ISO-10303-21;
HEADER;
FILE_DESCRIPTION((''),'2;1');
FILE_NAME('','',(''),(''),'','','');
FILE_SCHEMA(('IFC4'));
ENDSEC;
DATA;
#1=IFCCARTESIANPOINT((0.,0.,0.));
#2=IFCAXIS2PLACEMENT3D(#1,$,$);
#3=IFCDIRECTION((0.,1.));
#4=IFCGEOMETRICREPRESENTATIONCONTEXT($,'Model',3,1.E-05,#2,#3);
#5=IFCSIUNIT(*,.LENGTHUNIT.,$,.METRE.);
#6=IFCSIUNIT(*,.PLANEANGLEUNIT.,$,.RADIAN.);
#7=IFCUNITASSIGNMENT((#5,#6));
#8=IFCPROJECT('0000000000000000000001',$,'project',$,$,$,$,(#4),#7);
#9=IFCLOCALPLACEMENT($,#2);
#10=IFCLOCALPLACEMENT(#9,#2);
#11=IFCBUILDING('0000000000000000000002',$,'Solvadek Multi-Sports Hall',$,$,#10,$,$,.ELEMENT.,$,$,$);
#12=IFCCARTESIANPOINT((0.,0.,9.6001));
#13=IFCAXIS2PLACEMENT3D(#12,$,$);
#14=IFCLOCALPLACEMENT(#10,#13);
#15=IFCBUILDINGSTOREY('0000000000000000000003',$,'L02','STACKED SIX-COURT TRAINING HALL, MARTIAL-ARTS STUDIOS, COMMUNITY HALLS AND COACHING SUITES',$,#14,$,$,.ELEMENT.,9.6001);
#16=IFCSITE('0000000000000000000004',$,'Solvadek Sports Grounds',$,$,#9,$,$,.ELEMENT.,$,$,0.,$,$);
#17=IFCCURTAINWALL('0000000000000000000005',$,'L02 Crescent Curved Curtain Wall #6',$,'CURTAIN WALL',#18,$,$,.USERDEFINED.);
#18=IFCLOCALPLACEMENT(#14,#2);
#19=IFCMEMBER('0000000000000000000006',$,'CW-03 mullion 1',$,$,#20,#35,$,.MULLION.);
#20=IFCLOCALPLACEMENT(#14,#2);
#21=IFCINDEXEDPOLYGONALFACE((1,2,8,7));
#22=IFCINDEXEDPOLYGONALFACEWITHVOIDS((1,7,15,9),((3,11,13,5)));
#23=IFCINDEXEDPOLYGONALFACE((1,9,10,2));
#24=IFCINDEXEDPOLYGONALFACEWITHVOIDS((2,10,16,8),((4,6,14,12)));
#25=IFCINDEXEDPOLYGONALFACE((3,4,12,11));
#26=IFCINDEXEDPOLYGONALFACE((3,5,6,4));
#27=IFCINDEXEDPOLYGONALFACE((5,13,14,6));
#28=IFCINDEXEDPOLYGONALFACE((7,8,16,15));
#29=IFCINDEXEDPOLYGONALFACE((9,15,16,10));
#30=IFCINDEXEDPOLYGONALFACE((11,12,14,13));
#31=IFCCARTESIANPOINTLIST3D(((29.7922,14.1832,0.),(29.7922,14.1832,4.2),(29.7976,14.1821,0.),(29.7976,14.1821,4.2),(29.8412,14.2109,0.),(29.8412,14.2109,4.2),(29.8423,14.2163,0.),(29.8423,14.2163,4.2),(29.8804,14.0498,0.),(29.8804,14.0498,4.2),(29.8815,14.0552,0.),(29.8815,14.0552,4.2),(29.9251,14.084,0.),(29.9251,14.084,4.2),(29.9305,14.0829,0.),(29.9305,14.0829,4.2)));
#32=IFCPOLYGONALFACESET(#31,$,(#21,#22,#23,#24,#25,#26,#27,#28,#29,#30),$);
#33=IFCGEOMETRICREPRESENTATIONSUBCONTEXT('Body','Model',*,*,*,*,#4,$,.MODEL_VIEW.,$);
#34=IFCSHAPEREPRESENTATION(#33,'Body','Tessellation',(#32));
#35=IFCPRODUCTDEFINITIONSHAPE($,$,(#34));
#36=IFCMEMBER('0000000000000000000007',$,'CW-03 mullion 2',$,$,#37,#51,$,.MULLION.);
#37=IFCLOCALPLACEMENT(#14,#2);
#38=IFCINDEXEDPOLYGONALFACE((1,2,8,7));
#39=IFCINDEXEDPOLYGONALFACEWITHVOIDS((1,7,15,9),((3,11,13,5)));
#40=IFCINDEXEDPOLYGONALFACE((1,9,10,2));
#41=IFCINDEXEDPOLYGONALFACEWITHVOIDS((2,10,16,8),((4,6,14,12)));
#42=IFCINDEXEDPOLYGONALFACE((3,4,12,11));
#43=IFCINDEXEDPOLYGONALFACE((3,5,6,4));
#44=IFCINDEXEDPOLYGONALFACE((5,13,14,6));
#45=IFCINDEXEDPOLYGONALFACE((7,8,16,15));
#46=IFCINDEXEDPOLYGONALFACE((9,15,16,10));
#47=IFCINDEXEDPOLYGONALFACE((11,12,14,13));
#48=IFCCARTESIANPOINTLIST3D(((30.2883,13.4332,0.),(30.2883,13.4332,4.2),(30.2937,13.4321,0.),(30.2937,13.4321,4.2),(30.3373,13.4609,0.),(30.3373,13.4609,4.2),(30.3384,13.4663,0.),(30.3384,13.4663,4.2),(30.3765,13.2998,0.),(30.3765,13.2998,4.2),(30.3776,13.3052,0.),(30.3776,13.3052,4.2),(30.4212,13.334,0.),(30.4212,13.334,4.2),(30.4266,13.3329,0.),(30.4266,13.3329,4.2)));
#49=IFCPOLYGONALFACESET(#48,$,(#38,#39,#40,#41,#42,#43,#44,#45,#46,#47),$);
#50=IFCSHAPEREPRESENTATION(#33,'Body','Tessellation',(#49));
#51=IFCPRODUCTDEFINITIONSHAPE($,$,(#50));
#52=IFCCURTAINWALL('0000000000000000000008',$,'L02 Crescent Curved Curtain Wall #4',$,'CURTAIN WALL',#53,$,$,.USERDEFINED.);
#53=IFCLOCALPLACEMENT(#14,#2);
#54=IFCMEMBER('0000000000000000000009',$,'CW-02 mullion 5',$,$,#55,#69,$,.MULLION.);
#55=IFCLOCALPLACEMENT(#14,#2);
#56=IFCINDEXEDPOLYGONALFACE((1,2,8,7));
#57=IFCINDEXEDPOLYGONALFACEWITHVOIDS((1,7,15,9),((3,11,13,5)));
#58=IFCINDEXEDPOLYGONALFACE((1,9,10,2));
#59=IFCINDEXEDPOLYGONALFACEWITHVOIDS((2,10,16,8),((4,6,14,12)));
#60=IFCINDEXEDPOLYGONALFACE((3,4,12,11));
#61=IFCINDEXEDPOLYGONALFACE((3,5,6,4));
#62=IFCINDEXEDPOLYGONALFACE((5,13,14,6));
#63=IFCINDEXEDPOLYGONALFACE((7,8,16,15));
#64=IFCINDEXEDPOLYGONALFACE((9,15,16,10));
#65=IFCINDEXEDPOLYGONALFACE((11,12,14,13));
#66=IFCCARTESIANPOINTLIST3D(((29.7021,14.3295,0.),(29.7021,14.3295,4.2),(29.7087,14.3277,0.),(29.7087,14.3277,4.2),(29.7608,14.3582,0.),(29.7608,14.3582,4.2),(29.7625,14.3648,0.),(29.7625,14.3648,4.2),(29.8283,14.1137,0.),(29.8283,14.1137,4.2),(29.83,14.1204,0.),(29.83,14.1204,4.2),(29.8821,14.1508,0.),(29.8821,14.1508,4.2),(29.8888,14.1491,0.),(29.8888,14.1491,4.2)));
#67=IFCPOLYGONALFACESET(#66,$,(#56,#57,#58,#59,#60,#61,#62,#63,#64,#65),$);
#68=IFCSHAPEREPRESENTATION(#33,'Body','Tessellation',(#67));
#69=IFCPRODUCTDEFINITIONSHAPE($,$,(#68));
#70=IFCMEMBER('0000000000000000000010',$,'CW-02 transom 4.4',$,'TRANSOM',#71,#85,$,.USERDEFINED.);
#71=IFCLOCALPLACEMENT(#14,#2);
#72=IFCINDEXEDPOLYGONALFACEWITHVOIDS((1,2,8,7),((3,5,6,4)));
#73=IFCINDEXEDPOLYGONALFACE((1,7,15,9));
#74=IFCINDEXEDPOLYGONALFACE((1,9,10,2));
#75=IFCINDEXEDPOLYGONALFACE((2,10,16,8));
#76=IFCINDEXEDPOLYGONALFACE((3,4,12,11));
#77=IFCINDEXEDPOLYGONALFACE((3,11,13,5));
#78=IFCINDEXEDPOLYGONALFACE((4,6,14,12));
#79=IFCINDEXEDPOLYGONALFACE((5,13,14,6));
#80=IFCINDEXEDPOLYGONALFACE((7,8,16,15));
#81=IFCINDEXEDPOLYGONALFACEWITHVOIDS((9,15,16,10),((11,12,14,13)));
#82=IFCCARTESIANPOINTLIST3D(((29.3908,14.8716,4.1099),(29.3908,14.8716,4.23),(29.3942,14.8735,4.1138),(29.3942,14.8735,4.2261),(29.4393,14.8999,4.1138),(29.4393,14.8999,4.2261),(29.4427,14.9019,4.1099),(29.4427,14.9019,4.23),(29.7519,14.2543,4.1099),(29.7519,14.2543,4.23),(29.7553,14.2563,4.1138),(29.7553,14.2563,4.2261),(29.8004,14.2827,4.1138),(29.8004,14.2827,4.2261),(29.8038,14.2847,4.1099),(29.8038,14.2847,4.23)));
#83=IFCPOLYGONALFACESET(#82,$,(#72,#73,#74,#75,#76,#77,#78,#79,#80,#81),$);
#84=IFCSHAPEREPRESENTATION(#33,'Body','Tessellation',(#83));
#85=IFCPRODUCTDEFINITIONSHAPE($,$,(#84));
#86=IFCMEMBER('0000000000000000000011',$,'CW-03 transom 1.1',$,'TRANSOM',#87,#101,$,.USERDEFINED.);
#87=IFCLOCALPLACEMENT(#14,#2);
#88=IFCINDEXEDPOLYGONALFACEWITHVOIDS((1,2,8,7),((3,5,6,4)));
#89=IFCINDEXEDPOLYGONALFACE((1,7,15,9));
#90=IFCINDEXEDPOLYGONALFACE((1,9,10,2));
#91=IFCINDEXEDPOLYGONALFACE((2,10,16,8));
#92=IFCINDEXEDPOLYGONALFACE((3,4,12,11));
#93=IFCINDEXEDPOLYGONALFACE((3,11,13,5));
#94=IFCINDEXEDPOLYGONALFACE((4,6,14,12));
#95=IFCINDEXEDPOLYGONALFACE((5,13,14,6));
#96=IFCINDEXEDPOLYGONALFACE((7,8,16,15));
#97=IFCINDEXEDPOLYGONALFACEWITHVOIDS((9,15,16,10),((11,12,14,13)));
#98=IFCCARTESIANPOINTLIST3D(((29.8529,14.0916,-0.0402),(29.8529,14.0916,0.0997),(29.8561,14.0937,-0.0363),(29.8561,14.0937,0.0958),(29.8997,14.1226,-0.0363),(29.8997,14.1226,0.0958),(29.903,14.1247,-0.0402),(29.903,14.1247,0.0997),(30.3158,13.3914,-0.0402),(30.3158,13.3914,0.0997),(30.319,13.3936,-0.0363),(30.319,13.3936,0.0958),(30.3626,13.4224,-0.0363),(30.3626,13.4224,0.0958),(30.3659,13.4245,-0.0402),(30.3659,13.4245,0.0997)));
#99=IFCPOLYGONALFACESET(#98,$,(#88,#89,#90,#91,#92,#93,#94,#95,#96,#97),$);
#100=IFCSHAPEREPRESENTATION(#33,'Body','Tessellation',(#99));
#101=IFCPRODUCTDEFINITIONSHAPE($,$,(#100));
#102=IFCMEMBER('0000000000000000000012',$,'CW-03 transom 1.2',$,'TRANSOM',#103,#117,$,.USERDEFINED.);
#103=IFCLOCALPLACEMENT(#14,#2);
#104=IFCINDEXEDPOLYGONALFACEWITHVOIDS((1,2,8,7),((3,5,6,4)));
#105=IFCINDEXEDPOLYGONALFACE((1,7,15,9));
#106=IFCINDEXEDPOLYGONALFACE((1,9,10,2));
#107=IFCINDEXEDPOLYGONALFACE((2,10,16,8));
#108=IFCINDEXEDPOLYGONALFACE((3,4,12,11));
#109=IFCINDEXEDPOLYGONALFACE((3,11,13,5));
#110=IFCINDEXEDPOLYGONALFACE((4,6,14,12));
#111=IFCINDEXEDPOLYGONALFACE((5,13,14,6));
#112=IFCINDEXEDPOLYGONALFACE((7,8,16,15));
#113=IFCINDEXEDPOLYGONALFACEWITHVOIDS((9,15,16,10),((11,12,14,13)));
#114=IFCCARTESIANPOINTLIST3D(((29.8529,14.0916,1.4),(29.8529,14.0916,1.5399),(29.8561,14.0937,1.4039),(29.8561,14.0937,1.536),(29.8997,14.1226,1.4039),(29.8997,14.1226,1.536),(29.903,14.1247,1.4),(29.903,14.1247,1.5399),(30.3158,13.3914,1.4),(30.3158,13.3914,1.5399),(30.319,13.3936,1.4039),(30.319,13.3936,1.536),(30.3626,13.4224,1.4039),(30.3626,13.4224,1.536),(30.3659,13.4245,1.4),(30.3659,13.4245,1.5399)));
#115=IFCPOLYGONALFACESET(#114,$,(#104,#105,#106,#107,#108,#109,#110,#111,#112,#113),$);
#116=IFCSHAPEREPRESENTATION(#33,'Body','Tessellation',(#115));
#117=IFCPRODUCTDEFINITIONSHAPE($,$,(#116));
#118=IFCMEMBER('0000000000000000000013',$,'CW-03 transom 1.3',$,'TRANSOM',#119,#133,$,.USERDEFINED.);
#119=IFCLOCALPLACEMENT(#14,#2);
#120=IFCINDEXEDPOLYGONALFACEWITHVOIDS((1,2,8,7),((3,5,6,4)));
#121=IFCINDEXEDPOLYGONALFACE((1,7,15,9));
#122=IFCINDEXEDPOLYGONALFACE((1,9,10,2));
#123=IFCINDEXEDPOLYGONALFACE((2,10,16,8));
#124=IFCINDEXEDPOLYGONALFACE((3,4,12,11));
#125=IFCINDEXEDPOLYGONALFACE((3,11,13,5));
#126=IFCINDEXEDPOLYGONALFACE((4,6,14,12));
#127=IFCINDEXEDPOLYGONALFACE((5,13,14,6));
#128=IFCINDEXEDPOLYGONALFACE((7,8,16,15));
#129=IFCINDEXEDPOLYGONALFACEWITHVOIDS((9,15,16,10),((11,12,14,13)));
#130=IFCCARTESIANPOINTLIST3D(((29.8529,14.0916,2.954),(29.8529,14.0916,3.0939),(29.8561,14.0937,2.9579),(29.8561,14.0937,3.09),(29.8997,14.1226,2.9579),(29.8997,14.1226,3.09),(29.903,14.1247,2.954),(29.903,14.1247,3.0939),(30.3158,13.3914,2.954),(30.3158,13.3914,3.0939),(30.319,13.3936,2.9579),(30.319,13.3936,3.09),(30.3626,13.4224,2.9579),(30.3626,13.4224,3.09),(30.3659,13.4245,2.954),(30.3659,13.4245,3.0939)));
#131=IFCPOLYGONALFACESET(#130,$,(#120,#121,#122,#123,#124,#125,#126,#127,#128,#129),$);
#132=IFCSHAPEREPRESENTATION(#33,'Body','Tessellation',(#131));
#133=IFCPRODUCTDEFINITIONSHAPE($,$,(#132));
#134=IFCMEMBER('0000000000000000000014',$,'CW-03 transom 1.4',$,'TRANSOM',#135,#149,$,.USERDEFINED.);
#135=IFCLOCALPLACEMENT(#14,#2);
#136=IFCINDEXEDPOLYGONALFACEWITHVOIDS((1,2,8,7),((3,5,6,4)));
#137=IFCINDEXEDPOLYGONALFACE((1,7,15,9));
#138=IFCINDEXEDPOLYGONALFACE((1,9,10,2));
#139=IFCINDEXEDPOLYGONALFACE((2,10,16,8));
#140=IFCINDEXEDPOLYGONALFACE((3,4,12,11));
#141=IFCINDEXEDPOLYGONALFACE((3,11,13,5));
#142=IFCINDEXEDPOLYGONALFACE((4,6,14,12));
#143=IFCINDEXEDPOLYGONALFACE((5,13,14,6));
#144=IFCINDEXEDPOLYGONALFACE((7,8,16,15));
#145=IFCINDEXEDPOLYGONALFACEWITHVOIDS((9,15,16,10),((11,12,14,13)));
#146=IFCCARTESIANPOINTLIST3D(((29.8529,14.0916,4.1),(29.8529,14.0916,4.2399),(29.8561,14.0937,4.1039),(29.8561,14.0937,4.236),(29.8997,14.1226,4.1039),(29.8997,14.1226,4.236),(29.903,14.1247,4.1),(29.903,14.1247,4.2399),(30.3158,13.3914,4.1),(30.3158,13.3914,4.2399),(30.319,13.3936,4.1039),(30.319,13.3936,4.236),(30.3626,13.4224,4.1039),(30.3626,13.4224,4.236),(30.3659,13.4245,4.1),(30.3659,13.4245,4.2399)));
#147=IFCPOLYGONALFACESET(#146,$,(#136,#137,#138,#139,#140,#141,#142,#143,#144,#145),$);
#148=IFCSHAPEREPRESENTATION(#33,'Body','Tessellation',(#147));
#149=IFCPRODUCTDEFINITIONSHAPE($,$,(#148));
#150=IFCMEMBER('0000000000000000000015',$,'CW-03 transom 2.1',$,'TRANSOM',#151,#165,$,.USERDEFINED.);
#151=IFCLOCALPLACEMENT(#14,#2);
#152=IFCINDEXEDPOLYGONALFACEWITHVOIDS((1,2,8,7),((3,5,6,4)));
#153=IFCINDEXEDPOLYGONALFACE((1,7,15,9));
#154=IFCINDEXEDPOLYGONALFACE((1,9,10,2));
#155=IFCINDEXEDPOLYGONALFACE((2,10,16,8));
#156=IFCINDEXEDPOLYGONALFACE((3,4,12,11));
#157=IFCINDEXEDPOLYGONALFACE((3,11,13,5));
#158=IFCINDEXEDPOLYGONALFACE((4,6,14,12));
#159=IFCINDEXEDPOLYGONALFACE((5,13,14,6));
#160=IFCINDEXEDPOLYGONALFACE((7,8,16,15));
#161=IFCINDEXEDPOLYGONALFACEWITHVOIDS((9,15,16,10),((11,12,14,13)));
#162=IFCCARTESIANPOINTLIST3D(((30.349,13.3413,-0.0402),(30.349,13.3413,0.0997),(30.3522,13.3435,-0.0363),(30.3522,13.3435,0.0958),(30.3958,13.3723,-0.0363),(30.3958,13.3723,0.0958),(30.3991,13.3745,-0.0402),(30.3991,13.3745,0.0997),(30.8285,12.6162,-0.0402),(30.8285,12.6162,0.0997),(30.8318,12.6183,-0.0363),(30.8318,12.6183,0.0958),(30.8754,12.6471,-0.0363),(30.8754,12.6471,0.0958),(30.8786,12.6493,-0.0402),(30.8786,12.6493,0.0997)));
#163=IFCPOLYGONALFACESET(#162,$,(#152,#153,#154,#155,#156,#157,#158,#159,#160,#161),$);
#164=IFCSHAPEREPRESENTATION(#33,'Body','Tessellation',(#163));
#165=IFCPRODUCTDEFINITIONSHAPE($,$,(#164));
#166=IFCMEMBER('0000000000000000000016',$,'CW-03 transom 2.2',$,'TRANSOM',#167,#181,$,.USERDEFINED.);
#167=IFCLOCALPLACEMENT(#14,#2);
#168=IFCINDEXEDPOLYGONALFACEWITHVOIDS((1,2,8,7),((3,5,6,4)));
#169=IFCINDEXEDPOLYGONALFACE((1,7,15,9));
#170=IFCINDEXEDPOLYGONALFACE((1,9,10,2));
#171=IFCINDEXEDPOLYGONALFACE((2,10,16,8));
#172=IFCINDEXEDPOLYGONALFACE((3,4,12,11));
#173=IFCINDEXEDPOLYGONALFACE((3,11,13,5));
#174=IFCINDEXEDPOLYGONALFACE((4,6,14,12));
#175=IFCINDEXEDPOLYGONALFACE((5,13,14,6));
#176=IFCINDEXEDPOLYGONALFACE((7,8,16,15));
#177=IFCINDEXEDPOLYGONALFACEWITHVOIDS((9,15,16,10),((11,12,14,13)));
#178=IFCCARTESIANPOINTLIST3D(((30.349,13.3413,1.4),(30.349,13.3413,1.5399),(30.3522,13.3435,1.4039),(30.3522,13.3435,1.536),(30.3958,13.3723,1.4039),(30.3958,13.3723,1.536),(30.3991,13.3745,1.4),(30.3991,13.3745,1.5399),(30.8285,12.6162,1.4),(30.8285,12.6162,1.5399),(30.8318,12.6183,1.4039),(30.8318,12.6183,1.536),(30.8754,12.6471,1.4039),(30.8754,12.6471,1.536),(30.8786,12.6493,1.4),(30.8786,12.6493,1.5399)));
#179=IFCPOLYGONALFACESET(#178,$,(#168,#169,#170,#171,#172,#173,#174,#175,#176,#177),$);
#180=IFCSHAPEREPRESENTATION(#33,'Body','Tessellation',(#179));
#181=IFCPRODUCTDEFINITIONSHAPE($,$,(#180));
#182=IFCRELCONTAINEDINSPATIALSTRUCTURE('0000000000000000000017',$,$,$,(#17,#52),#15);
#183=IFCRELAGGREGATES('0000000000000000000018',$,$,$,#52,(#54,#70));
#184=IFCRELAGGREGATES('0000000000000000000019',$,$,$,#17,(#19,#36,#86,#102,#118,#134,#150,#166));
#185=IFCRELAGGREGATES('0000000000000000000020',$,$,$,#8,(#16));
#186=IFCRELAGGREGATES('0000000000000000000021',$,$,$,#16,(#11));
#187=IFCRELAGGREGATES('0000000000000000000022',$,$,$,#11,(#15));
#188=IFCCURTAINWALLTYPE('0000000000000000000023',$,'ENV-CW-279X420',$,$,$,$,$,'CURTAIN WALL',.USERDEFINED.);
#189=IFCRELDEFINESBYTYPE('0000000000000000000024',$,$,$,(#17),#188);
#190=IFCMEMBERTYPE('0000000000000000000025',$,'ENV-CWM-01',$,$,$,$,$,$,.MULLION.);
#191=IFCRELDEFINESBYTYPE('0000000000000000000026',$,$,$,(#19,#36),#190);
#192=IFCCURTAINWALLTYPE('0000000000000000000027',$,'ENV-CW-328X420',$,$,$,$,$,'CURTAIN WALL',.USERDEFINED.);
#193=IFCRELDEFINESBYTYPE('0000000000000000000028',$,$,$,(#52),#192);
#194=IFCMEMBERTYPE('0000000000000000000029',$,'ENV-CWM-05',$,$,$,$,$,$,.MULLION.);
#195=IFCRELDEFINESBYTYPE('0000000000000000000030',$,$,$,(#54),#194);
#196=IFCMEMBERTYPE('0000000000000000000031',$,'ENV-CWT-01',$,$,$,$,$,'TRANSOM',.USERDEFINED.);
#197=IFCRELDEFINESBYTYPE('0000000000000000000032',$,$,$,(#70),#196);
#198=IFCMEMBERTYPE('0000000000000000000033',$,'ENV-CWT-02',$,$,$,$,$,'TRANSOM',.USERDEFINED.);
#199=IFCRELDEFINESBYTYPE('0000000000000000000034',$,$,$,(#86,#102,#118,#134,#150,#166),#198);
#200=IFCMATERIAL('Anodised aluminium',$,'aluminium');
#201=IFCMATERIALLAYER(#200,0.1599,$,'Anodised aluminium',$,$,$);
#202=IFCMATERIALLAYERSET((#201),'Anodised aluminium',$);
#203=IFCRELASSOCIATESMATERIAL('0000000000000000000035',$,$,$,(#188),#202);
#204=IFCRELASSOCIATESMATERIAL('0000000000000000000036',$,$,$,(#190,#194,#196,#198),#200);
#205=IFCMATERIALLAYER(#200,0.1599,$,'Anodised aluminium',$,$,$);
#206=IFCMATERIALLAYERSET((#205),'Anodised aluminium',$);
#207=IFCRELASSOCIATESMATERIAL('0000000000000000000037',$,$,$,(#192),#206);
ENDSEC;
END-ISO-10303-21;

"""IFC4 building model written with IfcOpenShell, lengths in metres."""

from ifc_helpers import new_model, si_unit, direction, frame, origin, origin_2d, place, context, subcontext, project, spatial, hollow_rectangle, extrude, material, layer, layer_set, material_profile, profile_set, type_object, element, aggregate, save


model = new_model("IFC4")

# Units and contexts
model_context = context("Model", 3, precision=1e-05, world=origin(), true_north=direction((0.0, 1.0)))
body_context = subcontext(model_context, "Body", "Model", "MODEL_VIEW")
ifc_project = project(units=[si_unit("LENGTHUNIT", "METRE"), si_unit("PLANEANGLEUNIT", "RADIAN")], contexts=[model_context])

# Site, building, storey
site_placement = place(None, origin())
site = spatial("IfcSite", under=ifc_project, at=site_placement, Name="Solvadek Sports Grounds", CompositionType="ELEMENT", RefElevation=0.0)
building_placement = place(site_placement, origin())
building = spatial("IfcBuilding", under=site, at=building_placement, Name="Solvadek Multi-Sports Hall", CompositionType="ELEMENT")
storey_placement = place(building_placement, frame((0.0, 0.0, 9.6001)))
storey = spatial("IfcBuildingStorey", under=building, at=storey_placement, Name="L02", Description="STACKED SIX-COURT TRAINING HALL, MARTIAL-ARTS STUDIOS, COMMUNITY HALLS AND COACHING SUITES", CompositionType="ELEMENT", Elevation=9.6001)

# Curtain walls, members
ifc_material_1 = material(Name="Anodised aluminium", Category="aluminium")
ifc_layer_1 = layer(ifc_material_1, 0.1599, Name="Anodised aluminium")
ifc_layer_set_1 = layer_set([ifc_layer_1], Name="Anodised aluminium")
curtain_wall_type_1 = type_object("IfcCurtainWallType", Name="ENV-CW-279X420", ElementType="CURTAIN WALL", PredefinedType="USERDEFINED", material=ifc_layer_set_1)
curtain_wall_1_placement = place(storey_placement, origin())
curtain_wall_1 = element("IfcCurtainWall", 1, at=curtain_wall_1_placement, inside=storey, type_object=curtain_wall_type_1, Name="L02 Crescent Curved Curtain Wall #6", ObjectType="CURTAIN WALL", PredefinedType="USERDEFINED")
ifc_material_profile_1 = material_profile(ifc_material_1, hollow_rectangle(XDim=0.0601, YDim=0.1599, WallThickness=0.0039, at=origin_2d()), Name="ALU-M 160x60x4")
ifc_profile_set_1 = profile_set([ifc_material_profile_1], Name="Anodised aluminium")
member_type_1 = type_object("IfcMemberType", Name="ENV-CWM-01", PredefinedType="MULLION", material=ifc_profile_set_1)
member_1_placement = place(storey_placement, frame((29.8613, 14.1331, 0.0), z_axis=(0.0, 0.0, 1.0), x_axis=(0.834097, 0.551617, 0.0)))
member_1 = element("IfcMember", 2, at=member_1_placement, type_object=member_type_1, Name="CW-03 mullion 1", PredefinedType="MULLION", context=body_context, shape_type="SweptSolid", body=[
    extrude(hollow_rectangle(XDim=0.0601, YDim=0.1599, WallThickness=0.0039, at=origin_2d()), origin(), (0.0, 0.0, 1.0), 4.2),
])
member_2_placement = place(storey_placement, frame((30.3574, 13.3831, 0.0), z_axis=(0.0, 0.0, 1.0), x_axis=(0.834097, 0.551617, 0.0)))
member_2 = element("IfcMember", 3, at=member_2_placement, type_object=member_type_1, Name="CW-03 mullion 2", PredefinedType="MULLION", context=body_context, shape_type="SweptSolid", body=[
    extrude(hollow_rectangle(XDim=0.0601, YDim=0.1599, WallThickness=0.0039, at=origin_2d()), origin(), (0.0, 0.0, 1.0), 4.2),
])
ifc_layer_2 = layer(ifc_material_1, 0.1599, Name="Anodised aluminium")
ifc_layer_set_2 = layer_set([ifc_layer_2], Name="Anodised aluminium")
curtain_wall_type_2 = type_object("IfcCurtainWallType", Name="ENV-CW-328X420", ElementType="CURTAIN WALL", PredefinedType="USERDEFINED", material=ifc_layer_set_2)
curtain_wall_2_placement = place(storey_placement, origin())
curtain_wall_2 = element("IfcCurtainWall", 4, at=curtain_wall_2_placement, inside=storey, type_object=curtain_wall_type_2, Name="L02 Crescent Curved Curtain Wall #4", ObjectType="CURTAIN WALL", PredefinedType="USERDEFINED")
ifc_material_profile_2 = material_profile(ifc_material_1, hollow_rectangle(XDim=0.0701, YDim=0.25, WallThickness=0.0049, at=origin_2d()), Name="ALU-M 250x70x5")
ifc_profile_set_2 = profile_set([ifc_material_profile_2], Name="Anodised aluminium")
member_type_2 = type_object("IfcMemberType", Name="ENV-CWM-05", PredefinedType="MULLION", material=ifc_profile_set_2)
member_3_placement = place(storey_placement, frame((29.7954, 14.2393, 0.0), z_axis=(0.0, 0.0, 1.0), x_axis=(0.863145, 0.504957, 0.0)))
member_3 = element("IfcMember", 5, at=member_3_placement, type_object=member_type_2, Name="CW-02 mullion 5", PredefinedType="MULLION", context=body_context, shape_type="SweptSolid", body=[
    extrude(hollow_rectangle(XDim=0.0701, YDim=0.25, WallThickness=0.0049, at=origin_2d()), origin(), (0.0, 0.0, 1.0), 4.2),
])
ifc_material_profile_3 = material_profile(ifc_material_1, hollow_rectangle(XDim=0.0601, YDim=0.1201, WallThickness=0.0039, at=origin_2d()), Name="ALU-T 120x60x4")
ifc_profile_set_3 = profile_set([ifc_material_profile_3], Name="Anodised aluminium")
member_type_3 = type_object("IfcMemberType", Name="ENV-CWT-01", ElementType="TRANSOM", PredefinedType="USERDEFINED", material=ifc_profile_set_3)
member_4_placement = place(storey_placement, frame((29.4167, 14.8867, 4.1699), z_axis=(0.504975, -0.863134, 0.0), x_axis=(0.863134, 0.504975, 0.0)))
member_4 = element("IfcMember", 6, at=member_4_placement, type_object=member_type_3, Name="CW-02 transom 4.4", ObjectType="TRANSOM", PredefinedType="USERDEFINED", context=body_context, shape_type="SweptSolid", body=[
    extrude(hollow_rectangle(XDim=0.0601, YDim=0.1201, WallThickness=0.0039, at=origin_2d()), origin(), (0.0, 0.0, 1.0), 0.7151),
])

# Members
ifc_material_profile_4 = material_profile(ifc_material_1, hollow_rectangle(XDim=0.0601, YDim=0.1399, WallThickness=0.0039, at=origin_2d()), Name="ALU-T 140x60x4")
ifc_profile_set_4 = profile_set([ifc_material_profile_4], Name="Anodised aluminium")
member_type_4 = type_object("IfcMemberType", Name="ENV-CWT-02", ElementType="TRANSOM", PredefinedType="USERDEFINED", material=ifc_profile_set_4)
member_5_placement = place(storey_placement, frame((29.8779, 14.1082, 0.0298), z_axis=(0.551474, -0.834192, 0.0), x_axis=(0.834192, 0.551474, 0.0)))
member_5 = element("IfcMember", 7, at=member_5_placement, type_object=member_type_4, Name="CW-03 transom 1.1", ObjectType="TRANSOM", PredefinedType="USERDEFINED", context=body_context, shape_type="SweptSolid", body=[
    extrude(hollow_rectangle(XDim=0.0601, YDim=0.1399, WallThickness=0.0039, at=origin_2d()), origin(), (0.0, 0.0, 1.0), 0.8394),
])
member_6_placement = place(storey_placement, frame((29.8779, 14.1082, 1.47), z_axis=(0.551474, -0.834192, 0.0), x_axis=(0.834192, 0.551474, 0.0)))
member_6 = element("IfcMember", 8, at=member_6_placement, type_object=member_type_4, Name="CW-03 transom 1.2", ObjectType="TRANSOM", PredefinedType="USERDEFINED", context=body_context, shape_type="SweptSolid", body=[
    extrude(hollow_rectangle(XDim=0.0601, YDim=0.1399, WallThickness=0.0039, at=origin_2d()), origin(), (0.0, 0.0, 1.0), 0.8394),
])
member_7_placement = place(storey_placement, frame((29.8779, 14.1082, 3.0239), z_axis=(0.551474, -0.834192, 0.0), x_axis=(0.834192, 0.551474, 0.0)))
member_7 = element("IfcMember", 9, at=member_7_placement, type_object=member_type_4, Name="CW-03 transom 1.3", ObjectType="TRANSOM", PredefinedType="USERDEFINED", context=body_context, shape_type="SweptSolid", body=[
    extrude(hollow_rectangle(XDim=0.0601, YDim=0.1399, WallThickness=0.0039, at=origin_2d()), origin(), (0.0, 0.0, 1.0), 0.8394),
])
member_8_placement = place(storey_placement, frame((29.8779, 14.1082, 4.1699), z_axis=(0.551474, -0.834192, 0.0), x_axis=(0.834192, 0.551474, 0.0)))
member_8 = element("IfcMember", 10, at=member_8_placement, type_object=member_type_4, Name="CW-03 transom 1.4", ObjectType="TRANSOM", PredefinedType="USERDEFINED", context=body_context, shape_type="SweptSolid", body=[
    extrude(hollow_rectangle(XDim=0.0601, YDim=0.1399, WallThickness=0.0039, at=origin_2d()), origin(), (0.0, 0.0, 1.0), 0.8394),
])
member_9_placement = place(storey_placement, frame((30.374, 13.3579, 0.0298), z_axis=(0.551585, -0.834118, 0.0), x_axis=(0.834118, 0.551585, 0.0)))
member_9 = element("IfcMember", 11, at=member_9_placement, type_object=member_type_4, Name="CW-03 transom 2.1", ObjectType="TRANSOM", PredefinedType="USERDEFINED", context=body_context, shape_type="SweptSolid", body=[
    extrude(hollow_rectangle(XDim=0.0601, YDim=0.1399, WallThickness=0.0039, at=origin_2d()), origin(), (0.0, 0.0, 1.0), 0.8694),
])
member_10_placement = place(storey_placement, frame((30.374, 13.3579, 1.47), z_axis=(0.551585, -0.834118, 0.0), x_axis=(0.834118, 0.551585, 0.0)))
member_10 = element("IfcMember", 12, at=member_10_placement, type_object=member_type_4, Name="CW-03 transom 2.2", ObjectType="TRANSOM", PredefinedType="USERDEFINED", context=body_context, shape_type="SweptSolid", body=[
    extrude(hollow_rectangle(XDim=0.0601, YDim=0.1399, WallThickness=0.0039, at=origin_2d()), origin(), (0.0, 0.0, 1.0), 0.8694),
])

aggregate(curtain_wall_2, [member_3, member_4])

aggregate(curtain_wall_1, [member_1, member_2, member_5, member_6, member_7, member_8, member_9, member_10])

save(model, "model.ifc")
